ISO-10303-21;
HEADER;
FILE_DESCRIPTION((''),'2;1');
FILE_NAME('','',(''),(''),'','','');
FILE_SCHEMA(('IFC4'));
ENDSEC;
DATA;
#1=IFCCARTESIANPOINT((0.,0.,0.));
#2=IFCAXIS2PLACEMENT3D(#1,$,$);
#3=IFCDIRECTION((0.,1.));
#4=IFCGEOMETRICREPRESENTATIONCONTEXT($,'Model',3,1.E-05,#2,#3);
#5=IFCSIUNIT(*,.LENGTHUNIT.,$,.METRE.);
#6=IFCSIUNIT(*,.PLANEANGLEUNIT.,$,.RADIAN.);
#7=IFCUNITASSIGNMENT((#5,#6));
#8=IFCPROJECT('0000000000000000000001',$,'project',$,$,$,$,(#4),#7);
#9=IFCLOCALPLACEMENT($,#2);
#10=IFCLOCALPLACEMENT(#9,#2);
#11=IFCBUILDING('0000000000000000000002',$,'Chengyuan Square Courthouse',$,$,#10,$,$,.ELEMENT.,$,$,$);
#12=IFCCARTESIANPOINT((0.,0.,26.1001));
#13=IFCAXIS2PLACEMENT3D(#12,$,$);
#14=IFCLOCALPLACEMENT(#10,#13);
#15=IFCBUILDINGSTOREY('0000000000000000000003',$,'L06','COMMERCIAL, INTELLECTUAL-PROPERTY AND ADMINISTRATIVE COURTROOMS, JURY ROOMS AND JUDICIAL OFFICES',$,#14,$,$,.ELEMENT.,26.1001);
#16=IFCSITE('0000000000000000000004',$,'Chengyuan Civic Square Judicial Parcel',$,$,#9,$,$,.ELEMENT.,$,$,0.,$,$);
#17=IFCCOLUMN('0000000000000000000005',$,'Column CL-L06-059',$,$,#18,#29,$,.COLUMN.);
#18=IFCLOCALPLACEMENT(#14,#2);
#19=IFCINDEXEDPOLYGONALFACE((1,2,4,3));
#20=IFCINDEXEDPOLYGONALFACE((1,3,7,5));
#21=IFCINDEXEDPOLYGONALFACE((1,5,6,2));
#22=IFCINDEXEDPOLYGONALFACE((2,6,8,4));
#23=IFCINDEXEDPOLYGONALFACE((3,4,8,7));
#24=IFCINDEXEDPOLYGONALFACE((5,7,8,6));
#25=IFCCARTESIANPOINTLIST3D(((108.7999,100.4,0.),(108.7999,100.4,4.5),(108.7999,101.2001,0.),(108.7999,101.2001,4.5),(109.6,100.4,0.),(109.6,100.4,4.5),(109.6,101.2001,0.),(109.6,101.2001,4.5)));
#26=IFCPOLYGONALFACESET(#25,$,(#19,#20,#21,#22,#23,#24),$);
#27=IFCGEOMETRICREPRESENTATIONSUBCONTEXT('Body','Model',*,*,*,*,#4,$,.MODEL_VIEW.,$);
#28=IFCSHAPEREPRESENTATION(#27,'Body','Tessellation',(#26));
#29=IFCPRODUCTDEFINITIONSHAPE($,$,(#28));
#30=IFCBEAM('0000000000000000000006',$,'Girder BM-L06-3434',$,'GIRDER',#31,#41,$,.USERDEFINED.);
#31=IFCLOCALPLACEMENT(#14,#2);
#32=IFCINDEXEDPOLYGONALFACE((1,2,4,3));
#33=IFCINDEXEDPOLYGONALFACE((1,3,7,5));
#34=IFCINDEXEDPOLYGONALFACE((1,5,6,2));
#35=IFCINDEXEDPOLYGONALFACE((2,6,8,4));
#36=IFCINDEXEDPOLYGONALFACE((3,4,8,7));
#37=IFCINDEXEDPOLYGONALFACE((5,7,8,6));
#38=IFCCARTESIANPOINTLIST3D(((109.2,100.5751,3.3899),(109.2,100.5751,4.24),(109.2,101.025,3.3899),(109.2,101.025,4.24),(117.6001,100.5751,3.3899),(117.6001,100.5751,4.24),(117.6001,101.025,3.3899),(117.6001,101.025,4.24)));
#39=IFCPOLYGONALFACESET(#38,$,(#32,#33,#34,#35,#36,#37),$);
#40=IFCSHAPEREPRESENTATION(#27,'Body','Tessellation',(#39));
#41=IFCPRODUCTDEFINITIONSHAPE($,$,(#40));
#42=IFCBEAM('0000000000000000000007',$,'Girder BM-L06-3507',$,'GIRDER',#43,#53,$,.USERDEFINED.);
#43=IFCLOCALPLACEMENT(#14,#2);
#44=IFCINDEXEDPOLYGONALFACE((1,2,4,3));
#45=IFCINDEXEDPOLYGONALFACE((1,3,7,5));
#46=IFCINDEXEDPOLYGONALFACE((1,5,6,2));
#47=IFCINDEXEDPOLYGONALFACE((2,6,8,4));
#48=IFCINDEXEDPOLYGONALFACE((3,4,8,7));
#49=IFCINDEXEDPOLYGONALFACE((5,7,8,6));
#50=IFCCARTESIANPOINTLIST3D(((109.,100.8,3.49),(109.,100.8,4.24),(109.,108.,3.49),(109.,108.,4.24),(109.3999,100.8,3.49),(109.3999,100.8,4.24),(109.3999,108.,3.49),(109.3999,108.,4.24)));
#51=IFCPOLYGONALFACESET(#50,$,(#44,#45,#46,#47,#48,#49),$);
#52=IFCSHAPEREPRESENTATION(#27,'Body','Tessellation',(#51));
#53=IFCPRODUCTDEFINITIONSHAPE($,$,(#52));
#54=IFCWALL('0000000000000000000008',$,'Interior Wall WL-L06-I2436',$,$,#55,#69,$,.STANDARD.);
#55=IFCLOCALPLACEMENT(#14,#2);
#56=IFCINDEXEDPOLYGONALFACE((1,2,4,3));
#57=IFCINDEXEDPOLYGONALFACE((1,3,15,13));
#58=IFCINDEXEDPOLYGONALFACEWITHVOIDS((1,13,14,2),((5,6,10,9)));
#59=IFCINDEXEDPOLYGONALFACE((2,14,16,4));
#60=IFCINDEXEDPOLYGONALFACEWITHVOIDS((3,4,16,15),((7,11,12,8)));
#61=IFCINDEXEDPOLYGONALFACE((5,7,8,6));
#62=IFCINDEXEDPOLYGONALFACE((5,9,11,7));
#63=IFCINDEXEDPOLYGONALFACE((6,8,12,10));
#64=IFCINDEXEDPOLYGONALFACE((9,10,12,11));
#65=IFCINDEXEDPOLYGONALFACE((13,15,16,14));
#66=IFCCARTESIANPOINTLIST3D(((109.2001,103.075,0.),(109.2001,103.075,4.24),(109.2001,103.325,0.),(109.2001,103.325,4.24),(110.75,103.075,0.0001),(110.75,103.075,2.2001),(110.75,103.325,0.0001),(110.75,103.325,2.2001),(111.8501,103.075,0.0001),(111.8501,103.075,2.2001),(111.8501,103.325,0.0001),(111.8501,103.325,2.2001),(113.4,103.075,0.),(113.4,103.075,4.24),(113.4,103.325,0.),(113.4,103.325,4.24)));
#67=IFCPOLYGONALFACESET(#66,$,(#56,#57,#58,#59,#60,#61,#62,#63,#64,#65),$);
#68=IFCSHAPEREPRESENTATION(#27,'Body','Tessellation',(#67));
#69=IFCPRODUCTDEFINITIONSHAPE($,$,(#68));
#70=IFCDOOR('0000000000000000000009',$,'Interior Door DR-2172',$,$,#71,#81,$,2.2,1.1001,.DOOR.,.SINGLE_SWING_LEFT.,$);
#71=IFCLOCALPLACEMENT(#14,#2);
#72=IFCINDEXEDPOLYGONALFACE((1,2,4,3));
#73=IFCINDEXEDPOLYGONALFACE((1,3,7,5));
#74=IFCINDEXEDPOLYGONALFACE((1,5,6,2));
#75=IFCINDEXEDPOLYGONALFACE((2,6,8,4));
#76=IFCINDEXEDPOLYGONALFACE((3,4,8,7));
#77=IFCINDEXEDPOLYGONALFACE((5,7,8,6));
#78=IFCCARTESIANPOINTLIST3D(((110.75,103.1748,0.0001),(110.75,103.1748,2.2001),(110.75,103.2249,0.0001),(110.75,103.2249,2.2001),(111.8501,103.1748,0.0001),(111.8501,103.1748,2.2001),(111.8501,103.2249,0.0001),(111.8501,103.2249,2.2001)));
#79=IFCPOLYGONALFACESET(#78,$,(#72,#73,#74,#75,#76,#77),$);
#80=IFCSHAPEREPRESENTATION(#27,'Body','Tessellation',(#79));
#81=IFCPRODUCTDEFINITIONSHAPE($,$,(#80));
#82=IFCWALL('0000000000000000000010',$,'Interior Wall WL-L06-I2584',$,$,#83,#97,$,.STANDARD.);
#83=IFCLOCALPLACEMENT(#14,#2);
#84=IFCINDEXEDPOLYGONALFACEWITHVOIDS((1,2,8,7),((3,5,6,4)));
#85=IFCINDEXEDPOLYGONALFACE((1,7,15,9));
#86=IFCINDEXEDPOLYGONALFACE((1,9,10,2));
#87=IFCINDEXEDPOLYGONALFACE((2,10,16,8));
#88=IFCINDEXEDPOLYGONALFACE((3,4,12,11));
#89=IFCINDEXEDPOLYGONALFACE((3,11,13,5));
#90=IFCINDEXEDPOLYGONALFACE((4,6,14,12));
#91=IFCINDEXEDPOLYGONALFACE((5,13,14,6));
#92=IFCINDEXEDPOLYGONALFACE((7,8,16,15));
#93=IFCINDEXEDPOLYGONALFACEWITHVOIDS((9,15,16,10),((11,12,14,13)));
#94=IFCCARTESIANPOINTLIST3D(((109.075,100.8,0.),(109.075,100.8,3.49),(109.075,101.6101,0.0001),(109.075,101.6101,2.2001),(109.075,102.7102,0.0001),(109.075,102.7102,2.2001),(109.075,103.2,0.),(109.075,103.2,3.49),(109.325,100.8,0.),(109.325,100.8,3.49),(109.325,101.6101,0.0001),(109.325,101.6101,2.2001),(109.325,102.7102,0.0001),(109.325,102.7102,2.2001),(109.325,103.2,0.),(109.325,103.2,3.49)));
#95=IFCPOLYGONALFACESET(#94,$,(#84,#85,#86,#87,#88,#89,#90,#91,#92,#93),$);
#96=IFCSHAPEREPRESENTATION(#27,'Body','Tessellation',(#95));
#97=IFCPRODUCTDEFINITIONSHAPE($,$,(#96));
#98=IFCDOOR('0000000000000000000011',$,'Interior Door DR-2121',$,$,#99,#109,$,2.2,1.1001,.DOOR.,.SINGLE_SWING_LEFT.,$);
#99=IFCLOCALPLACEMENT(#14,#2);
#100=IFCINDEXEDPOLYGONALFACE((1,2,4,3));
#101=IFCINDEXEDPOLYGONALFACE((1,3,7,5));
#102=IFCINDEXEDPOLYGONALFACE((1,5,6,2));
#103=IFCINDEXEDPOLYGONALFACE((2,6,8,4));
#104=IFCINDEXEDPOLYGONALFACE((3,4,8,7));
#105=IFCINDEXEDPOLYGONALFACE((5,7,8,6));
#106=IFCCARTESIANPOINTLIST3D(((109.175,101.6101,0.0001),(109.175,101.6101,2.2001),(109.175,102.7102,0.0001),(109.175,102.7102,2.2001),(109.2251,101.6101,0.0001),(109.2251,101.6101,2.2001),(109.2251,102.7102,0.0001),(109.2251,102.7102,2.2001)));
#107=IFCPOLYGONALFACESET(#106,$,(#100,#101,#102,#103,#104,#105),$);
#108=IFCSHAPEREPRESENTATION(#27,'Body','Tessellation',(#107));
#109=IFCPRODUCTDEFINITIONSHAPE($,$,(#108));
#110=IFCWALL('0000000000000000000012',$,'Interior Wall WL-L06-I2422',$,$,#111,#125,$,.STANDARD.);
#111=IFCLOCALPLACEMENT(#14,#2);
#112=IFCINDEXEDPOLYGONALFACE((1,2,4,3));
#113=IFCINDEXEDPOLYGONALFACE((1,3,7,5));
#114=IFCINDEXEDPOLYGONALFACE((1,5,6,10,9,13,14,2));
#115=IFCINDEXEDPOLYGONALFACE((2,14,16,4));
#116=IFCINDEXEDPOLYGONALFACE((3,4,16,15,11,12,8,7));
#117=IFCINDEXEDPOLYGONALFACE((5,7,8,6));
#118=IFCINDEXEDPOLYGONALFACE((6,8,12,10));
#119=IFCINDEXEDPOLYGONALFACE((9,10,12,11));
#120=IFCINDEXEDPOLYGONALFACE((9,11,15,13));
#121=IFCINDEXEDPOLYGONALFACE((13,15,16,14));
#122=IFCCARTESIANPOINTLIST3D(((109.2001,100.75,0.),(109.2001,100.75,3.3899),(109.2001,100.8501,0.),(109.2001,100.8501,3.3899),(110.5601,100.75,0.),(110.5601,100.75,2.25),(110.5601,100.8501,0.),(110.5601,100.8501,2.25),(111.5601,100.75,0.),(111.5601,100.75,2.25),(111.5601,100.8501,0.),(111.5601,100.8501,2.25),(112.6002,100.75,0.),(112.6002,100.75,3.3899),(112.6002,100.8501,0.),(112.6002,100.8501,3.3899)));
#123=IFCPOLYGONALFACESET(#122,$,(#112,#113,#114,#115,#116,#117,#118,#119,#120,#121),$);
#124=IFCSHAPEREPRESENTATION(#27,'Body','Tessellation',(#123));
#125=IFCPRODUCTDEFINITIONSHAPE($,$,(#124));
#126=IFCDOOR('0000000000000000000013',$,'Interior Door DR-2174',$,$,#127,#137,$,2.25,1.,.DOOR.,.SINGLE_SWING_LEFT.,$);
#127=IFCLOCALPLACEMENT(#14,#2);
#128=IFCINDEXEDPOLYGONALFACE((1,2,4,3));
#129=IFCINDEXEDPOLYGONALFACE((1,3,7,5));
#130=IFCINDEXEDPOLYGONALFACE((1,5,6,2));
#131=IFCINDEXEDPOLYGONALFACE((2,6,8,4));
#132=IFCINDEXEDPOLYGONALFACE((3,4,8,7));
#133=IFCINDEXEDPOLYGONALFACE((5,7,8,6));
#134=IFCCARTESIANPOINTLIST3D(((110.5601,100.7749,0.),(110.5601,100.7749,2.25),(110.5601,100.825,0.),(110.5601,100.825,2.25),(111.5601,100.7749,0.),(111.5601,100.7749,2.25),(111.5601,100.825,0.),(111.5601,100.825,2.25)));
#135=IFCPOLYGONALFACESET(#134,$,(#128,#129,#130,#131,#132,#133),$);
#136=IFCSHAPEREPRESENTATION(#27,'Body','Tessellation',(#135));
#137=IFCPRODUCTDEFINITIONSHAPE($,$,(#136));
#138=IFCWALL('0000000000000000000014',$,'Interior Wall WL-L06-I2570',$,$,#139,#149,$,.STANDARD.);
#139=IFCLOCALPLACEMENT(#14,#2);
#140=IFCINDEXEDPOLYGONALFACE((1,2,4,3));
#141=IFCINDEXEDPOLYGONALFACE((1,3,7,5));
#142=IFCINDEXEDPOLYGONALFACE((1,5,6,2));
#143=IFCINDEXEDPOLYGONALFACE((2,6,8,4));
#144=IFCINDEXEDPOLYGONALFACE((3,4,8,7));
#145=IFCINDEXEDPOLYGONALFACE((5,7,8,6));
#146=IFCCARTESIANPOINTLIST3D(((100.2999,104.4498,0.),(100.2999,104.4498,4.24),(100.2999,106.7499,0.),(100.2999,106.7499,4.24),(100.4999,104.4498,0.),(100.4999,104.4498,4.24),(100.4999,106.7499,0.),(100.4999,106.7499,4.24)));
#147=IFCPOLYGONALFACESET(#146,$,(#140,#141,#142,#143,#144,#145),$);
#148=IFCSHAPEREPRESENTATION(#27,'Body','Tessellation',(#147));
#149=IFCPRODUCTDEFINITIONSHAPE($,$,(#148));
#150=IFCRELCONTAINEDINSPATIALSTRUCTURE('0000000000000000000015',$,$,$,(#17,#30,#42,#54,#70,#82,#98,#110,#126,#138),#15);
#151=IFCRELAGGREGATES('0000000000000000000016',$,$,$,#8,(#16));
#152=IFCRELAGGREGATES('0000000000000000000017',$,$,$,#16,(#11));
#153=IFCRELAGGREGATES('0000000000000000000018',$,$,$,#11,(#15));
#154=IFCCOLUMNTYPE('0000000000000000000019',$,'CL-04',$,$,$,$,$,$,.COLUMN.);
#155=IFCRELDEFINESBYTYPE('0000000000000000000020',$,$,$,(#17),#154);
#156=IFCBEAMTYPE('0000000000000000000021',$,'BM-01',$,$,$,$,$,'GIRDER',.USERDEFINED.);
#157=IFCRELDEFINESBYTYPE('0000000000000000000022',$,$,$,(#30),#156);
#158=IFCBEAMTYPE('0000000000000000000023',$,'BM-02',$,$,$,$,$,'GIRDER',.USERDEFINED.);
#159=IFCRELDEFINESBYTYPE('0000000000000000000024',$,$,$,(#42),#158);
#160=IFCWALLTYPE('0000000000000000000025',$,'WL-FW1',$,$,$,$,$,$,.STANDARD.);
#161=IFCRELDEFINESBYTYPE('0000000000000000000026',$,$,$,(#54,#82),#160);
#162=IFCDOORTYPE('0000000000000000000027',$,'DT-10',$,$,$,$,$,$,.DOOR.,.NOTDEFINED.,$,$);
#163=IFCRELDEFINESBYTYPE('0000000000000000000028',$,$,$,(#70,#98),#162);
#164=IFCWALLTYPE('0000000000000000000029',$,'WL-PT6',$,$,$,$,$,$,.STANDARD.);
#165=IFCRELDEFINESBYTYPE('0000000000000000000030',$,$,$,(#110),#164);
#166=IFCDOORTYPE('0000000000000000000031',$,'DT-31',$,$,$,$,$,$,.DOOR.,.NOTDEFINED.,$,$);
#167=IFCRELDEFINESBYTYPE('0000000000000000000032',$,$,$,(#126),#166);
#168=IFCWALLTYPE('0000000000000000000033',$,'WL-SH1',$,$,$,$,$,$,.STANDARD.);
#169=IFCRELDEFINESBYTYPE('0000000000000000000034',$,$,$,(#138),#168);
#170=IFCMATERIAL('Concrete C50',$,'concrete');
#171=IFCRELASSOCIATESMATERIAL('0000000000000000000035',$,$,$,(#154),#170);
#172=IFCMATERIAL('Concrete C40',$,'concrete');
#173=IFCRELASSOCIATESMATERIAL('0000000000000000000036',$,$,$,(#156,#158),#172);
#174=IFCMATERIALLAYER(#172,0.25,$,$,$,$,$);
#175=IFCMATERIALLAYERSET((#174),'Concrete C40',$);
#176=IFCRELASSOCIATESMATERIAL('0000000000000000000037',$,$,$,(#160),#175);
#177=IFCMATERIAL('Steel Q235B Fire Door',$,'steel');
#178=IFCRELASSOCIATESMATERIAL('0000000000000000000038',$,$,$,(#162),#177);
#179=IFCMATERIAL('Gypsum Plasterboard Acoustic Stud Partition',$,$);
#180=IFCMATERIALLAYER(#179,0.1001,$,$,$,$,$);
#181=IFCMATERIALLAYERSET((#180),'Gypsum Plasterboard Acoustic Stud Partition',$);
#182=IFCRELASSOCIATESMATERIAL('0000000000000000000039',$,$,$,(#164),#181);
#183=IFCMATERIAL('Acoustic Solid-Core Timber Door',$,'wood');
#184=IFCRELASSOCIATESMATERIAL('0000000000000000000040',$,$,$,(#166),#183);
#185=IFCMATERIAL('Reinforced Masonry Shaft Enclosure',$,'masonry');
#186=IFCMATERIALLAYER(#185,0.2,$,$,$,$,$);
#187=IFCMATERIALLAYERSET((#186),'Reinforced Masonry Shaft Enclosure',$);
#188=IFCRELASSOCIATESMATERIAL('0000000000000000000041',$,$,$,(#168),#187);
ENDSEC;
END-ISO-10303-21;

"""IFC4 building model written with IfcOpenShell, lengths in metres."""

from ifc_helpers import new_model, si_unit, direction, frame, frame_2d, origin, origin_2d, place, context, subcontext, project, spatial, rectangle, extrude, material, layer, layer_set, material_profile, profile_set, type_object, element, fill, save


model = new_model("IFC4")

# Units and contexts
model_context = context("Model", 3, precision=1e-05, world=origin(), true_north=direction((0.0, 1.0)))
body_context = subcontext(model_context, "Body", "Model", "MODEL_VIEW")
ifc_project = project(units=[si_unit("LENGTHUNIT", "METRE"), si_unit("PLANEANGLEUNIT", "RADIAN")], contexts=[model_context])

# Site, building, storey
site_placement = place(None, origin())
site = spatial("IfcSite", under=ifc_project, at=site_placement, Name="Chengyuan Civic Square Judicial Parcel", CompositionType="ELEMENT", RefElevation=0.0)
building_placement = place(site_placement, origin())
building = spatial("IfcBuilding", under=site, at=building_placement, Name="Chengyuan Square Courthouse", CompositionType="ELEMENT")
storey_placement = place(building_placement, frame((0.0, 0.0, 26.1001)))
storey = spatial("IfcBuildingStorey", under=building, at=storey_placement, Name="L06", Description="COMMERCIAL, INTELLECTUAL-PROPERTY AND ADMINISTRATIVE COURTROOMS, JURY ROOMS AND JUDICIAL OFFICES", CompositionType="ELEMENT", Elevation=26.1001)

# Column
ifc_material_1 = material(Name="Concrete C50", Category="concrete")
ifc_material_profile_1 = material_profile(ifc_material_1, rectangle(XDim=0.8, YDim=0.8, at=origin_2d()), Name="RC-COL-800x800")
ifc_profile_set_1 = profile_set([ifc_material_profile_1], Name="Concrete C50")
column_type = type_object("IfcColumnType", Name="CL-04", PredefinedType="COLUMN", material=ifc_profile_set_1)
column_placement = place(storey_placement, frame((109.2, 100.8, 0.0), z_axis=(0.0, 0.0, 1.0), x_axis=(1.0, 0.0, 0.0)))
element("IfcColumn", 1, at=column_placement, inside=storey, type_object=column_type, Name="Column CL-L06-059", PredefinedType="COLUMN", context=body_context, shape_type="SweptSolid", body=[
    extrude(rectangle(XDim=0.8, YDim=0.8, at=origin_2d()), origin(), (0.0, 0.0, 1.0), 4.5),
])

# Beams
ifc_material_2 = material(Name="Concrete C40", Category="concrete")
ifc_material_profile_2 = material_profile(ifc_material_2, rectangle(XDim=0.45, YDim=0.8501, at=origin_2d()), Name="RC-BM-450x850")
ifc_profile_set_2 = profile_set([ifc_material_profile_2], Name="Concrete C40")
beam_type_1 = type_object("IfcBeamType", Name="BM-01", ElementType="GIRDER", PredefinedType="USERDEFINED", material=ifc_profile_set_2)
beam_1_placement = place(storey_placement, frame((109.2, 100.8, 3.8149), z_axis=(1.0, 0.0, 0.0), x_axis=(0.0, 1.0, 0.0)))
element("IfcBeam", 2, at=beam_1_placement, inside=storey, type_object=beam_type_1, Name="Girder BM-L06-3434", ObjectType="GIRDER", PredefinedType="USERDEFINED", context=body_context, shape_type="SweptSolid", body=[
    extrude(rectangle(XDim=0.45, YDim=0.8501, at=origin_2d()), origin(), (0.0, 0.0, 1.0), 8.4001),
])
ifc_material_profile_3 = material_profile(ifc_material_2, rectangle(XDim=0.3999, YDim=0.75, at=origin_2d()), Name="RC-BM-400x750")
ifc_profile_set_3 = profile_set([ifc_material_profile_3], Name="Concrete C40")
beam_type_2 = type_object("IfcBeamType", Name="BM-02", ElementType="GIRDER", PredefinedType="USERDEFINED", material=ifc_profile_set_3)
beam_2_placement = place(storey_placement, frame((109.2, 100.8, 3.865), z_axis=(0.0, 1.0, 0.0), x_axis=(-1.0, 0.0, 0.0)))
element("IfcBeam", 3, at=beam_2_placement, inside=storey, type_object=beam_type_2, Name="Girder BM-L06-3507", ObjectType="GIRDER", PredefinedType="USERDEFINED", context=body_context, shape_type="SweptSolid", body=[
    extrude(rectangle(XDim=0.3999, YDim=0.75, at=origin_2d()), origin(), (0.0, 0.0, 1.0), 7.2),
])

# Walls, openings, doors
ifc_layer_1 = layer(ifc_material_2, 0.25)
ifc_layer_set_1 = layer_set([ifc_layer_1], Name="Concrete C40")
wall_type_1 = type_object("IfcWallType", Name="WL-FW1", PredefinedType="STANDARD", material=ifc_layer_set_1)
wall_1_placement = place(storey_placement, frame((109.2, 103.2, 0.0), z_axis=(0.0, 0.0, 1.0), x_axis=(1.0, 0.0, 0.0)))
wall_1 = element("IfcWall", 4, at=wall_1_placement, inside=storey, type_object=wall_type_1, Name="Interior Wall WL-L06-I2436", PredefinedType="STANDARD", context=body_context, shape_type="SweptSolid", body=[
    extrude(rectangle(XDim=4.2, YDim=0.25, at=frame_2d((2.1001, 0.0))), origin(), (0.0, 0.0, 1.0), 4.24),
])
opening_1_placement = place(wall_1_placement, frame((1.55, 0.0, 0.0)))
opening_1 = element("IfcOpeningElement", 5, at=opening_1_placement, cuts=wall_1, PredefinedType="OPENING", context=body_context, shape_type="SweptSolid", body=[
    extrude(rectangle(XDim=1.1001, YDim=2.2, at=frame_2d((0.55, 1.1001))), frame((0.0, 0.137, 0.0), z_axis=(0.0, -1.0, 0.0), x_axis=(1.0, 0.0, 0.0)), (0.0, 0.0, 1.0), 0.2739),
])
ifc_material_3 = material(Name="Steel Q235B Fire Door", Category="steel")
door_type_1 = type_object("IfcDoorType", Name="DT-10", OperationType="NOTDEFINED", PredefinedType="DOOR", material=ifc_material_3)
door_1_placement = place(opening_1_placement, origin())
door_1 = element("IfcDoor", 6, at=door_1_placement, inside=storey, type_object=door_type_1, Name="Interior Door DR-2172", OperationType="SINGLE_SWING_LEFT", OverallHeight=2.2, OverallWidth=1.1001, PredefinedType="DOOR", context=body_context, shape_type="SweptSolid", body=[
    extrude(rectangle(XDim=1.1001, YDim=2.2, at=frame_2d((0.55, 1.1001))), frame((0.0, 0.0249, 0.0), z_axis=(0.0, -1.0, 0.0), x_axis=(1.0, 0.0, 0.0)), (0.0, 0.0, 1.0), 0.05),
])
fill(opening_1, door_1)
wall_2_placement = place(storey_placement, frame((109.2, 100.8, 0.0), z_axis=(0.0, 0.0, 1.0), x_axis=(0.0, 1.0, 0.0)))
wall_2 = element("IfcWall", 7, at=wall_2_placement, inside=storey, type_object=wall_type_1, Name="Interior Wall WL-L06-I2584", PredefinedType="STANDARD", context=body_context, shape_type="SweptSolid", body=[
    extrude(rectangle(XDim=2.3999, YDim=0.25, at=frame_2d((1.2, 0.0))), origin(), (0.0, 0.0, 1.0), 3.49),
])
opening_2_placement = place(wall_2_placement, frame((0.8101, 0.0, 0.0)))
opening_2 = element("IfcOpeningElement", 8, at=opening_2_placement, cuts=wall_2, PredefinedType="OPENING", context=body_context, shape_type="SweptSolid", body=[
    extrude(rectangle(XDim=1.1001, YDim=2.2, at=frame_2d((0.55, 1.1001))), frame((0.0, 0.137, 0.0), z_axis=(0.0, -1.0, 0.0), x_axis=(1.0, 0.0, 0.0)), (0.0, 0.0, 1.0), 0.2739),
])
door_2_placement = place(opening_2_placement, origin())
door_2 = element("IfcDoor", 9, at=door_2_placement, inside=storey, type_object=door_type_1, Name="Interior Door DR-2121", OperationType="SINGLE_SWING_LEFT", OverallHeight=2.2, OverallWidth=1.1001, PredefinedType="DOOR", context=body_context, shape_type="SweptSolid", body=[
    extrude(rectangle(XDim=1.1001, YDim=2.2, at=frame_2d((0.55, 1.1001))), frame((0.0, 0.0249, 0.0), z_axis=(0.0, -1.0, 0.0), x_axis=(1.0, 0.0, 0.0)), (0.0, 0.0, 1.0), 0.05),
])
fill(opening_2, door_2)
ifc_material_4 = material(Name="Gypsum Plasterboard Acoustic Stud Partition")
ifc_layer_2 = layer(ifc_material_4, 0.1001)
ifc_layer_set_2 = layer_set([ifc_layer_2], Name="Gypsum Plasterboard Acoustic Stud Partition")
wall_type_2 = type_object("IfcWallType", Name="WL-PT6", PredefinedType="STANDARD", material=ifc_layer_set_2)
wall_3_placement = place(storey_placement, frame((109.2, 100.8, 0.0), z_axis=(0.0, 0.0, 1.0), x_axis=(1.0, 0.0, 0.0)))
wall_3 = element("IfcWall", 10, at=wall_3_placement, inside=storey, type_object=wall_type_2, Name="Interior Wall WL-L06-I2422", PredefinedType="STANDARD", context=body_context, shape_type="SweptSolid", body=[
    extrude(rectangle(XDim=3.4001, YDim=0.1001, at=frame_2d((1.7002, 0.0))), origin(), (0.0, 0.0, 1.0), 3.3899),
])
opening_3_placement = place(wall_3_placement, frame((1.3601, 0.0, 0.0)))
opening_3 = element("IfcOpeningElement", 11, at=opening_3_placement, cuts=wall_3, PredefinedType="OPENING", context=body_context, shape_type="SweptSolid", body=[
    extrude(rectangle(XDim=1.0, YDim=2.25, at=frame_2d((0.5, 1.125))), frame((0.0, 0.062, 0.0), z_axis=(0.0, -1.0, 0.0), x_axis=(1.0, 0.0, 0.0)), (0.0, 0.0, 1.0), 0.124),
])
ifc_material_5 = material(Name="Acoustic Solid-Core Timber Door", Category="wood")
door_type_2 = type_object("IfcDoorType", Name="DT-31", OperationType="NOTDEFINED", PredefinedType="DOOR", material=ifc_material_5)
door_3_placement = place(opening_3_placement, origin())
door_3 = element("IfcDoor", 12, at=door_3_placement, inside=storey, type_object=door_type_2, Name="Interior Door DR-2174", OperationType="SINGLE_SWING_LEFT", OverallHeight=2.25, OverallWidth=1.0, PredefinedType="DOOR", context=body_context, shape_type="SweptSolid", body=[
    extrude(rectangle(XDim=1.0, YDim=2.25, at=frame_2d((0.5, 1.125))), frame((0.0, 0.0249, 0.0), z_axis=(0.0, -1.0, 0.0), x_axis=(1.0, 0.0, 0.0)), (0.0, 0.0, 1.0), 0.05),
])
fill(opening_3, door_3)

# Wall
ifc_material_6 = material(Name="Reinforced Masonry Shaft Enclosure", Category="masonry")
ifc_layer_3 = layer(ifc_material_6, 0.2)
ifc_layer_set_3 = layer_set([ifc_layer_3], Name="Reinforced Masonry Shaft Enclosure")
wall_type_3 = type_object("IfcWallType", Name="WL-SH1", PredefinedType="STANDARD", material=ifc_layer_set_3)
wall_4_placement = place(storey_placement, frame((100.3999, 104.45, 0.0), z_axis=(0.0, 0.0, 1.0), x_axis=(0.0, 1.0, 0.0)))
element("IfcWall", 13, at=wall_4_placement, inside=storey, type_object=wall_type_3, Name="Interior Wall WL-L06-I2570", PredefinedType="STANDARD", context=body_context, shape_type="SweptSolid", body=[
    extrude(rectangle(XDim=2.3, YDim=0.2, at=frame_2d((1.1499, 0.0))), origin(), (0.0, 0.0, 1.0), 4.24),
])

save(model, "model.ifc")
